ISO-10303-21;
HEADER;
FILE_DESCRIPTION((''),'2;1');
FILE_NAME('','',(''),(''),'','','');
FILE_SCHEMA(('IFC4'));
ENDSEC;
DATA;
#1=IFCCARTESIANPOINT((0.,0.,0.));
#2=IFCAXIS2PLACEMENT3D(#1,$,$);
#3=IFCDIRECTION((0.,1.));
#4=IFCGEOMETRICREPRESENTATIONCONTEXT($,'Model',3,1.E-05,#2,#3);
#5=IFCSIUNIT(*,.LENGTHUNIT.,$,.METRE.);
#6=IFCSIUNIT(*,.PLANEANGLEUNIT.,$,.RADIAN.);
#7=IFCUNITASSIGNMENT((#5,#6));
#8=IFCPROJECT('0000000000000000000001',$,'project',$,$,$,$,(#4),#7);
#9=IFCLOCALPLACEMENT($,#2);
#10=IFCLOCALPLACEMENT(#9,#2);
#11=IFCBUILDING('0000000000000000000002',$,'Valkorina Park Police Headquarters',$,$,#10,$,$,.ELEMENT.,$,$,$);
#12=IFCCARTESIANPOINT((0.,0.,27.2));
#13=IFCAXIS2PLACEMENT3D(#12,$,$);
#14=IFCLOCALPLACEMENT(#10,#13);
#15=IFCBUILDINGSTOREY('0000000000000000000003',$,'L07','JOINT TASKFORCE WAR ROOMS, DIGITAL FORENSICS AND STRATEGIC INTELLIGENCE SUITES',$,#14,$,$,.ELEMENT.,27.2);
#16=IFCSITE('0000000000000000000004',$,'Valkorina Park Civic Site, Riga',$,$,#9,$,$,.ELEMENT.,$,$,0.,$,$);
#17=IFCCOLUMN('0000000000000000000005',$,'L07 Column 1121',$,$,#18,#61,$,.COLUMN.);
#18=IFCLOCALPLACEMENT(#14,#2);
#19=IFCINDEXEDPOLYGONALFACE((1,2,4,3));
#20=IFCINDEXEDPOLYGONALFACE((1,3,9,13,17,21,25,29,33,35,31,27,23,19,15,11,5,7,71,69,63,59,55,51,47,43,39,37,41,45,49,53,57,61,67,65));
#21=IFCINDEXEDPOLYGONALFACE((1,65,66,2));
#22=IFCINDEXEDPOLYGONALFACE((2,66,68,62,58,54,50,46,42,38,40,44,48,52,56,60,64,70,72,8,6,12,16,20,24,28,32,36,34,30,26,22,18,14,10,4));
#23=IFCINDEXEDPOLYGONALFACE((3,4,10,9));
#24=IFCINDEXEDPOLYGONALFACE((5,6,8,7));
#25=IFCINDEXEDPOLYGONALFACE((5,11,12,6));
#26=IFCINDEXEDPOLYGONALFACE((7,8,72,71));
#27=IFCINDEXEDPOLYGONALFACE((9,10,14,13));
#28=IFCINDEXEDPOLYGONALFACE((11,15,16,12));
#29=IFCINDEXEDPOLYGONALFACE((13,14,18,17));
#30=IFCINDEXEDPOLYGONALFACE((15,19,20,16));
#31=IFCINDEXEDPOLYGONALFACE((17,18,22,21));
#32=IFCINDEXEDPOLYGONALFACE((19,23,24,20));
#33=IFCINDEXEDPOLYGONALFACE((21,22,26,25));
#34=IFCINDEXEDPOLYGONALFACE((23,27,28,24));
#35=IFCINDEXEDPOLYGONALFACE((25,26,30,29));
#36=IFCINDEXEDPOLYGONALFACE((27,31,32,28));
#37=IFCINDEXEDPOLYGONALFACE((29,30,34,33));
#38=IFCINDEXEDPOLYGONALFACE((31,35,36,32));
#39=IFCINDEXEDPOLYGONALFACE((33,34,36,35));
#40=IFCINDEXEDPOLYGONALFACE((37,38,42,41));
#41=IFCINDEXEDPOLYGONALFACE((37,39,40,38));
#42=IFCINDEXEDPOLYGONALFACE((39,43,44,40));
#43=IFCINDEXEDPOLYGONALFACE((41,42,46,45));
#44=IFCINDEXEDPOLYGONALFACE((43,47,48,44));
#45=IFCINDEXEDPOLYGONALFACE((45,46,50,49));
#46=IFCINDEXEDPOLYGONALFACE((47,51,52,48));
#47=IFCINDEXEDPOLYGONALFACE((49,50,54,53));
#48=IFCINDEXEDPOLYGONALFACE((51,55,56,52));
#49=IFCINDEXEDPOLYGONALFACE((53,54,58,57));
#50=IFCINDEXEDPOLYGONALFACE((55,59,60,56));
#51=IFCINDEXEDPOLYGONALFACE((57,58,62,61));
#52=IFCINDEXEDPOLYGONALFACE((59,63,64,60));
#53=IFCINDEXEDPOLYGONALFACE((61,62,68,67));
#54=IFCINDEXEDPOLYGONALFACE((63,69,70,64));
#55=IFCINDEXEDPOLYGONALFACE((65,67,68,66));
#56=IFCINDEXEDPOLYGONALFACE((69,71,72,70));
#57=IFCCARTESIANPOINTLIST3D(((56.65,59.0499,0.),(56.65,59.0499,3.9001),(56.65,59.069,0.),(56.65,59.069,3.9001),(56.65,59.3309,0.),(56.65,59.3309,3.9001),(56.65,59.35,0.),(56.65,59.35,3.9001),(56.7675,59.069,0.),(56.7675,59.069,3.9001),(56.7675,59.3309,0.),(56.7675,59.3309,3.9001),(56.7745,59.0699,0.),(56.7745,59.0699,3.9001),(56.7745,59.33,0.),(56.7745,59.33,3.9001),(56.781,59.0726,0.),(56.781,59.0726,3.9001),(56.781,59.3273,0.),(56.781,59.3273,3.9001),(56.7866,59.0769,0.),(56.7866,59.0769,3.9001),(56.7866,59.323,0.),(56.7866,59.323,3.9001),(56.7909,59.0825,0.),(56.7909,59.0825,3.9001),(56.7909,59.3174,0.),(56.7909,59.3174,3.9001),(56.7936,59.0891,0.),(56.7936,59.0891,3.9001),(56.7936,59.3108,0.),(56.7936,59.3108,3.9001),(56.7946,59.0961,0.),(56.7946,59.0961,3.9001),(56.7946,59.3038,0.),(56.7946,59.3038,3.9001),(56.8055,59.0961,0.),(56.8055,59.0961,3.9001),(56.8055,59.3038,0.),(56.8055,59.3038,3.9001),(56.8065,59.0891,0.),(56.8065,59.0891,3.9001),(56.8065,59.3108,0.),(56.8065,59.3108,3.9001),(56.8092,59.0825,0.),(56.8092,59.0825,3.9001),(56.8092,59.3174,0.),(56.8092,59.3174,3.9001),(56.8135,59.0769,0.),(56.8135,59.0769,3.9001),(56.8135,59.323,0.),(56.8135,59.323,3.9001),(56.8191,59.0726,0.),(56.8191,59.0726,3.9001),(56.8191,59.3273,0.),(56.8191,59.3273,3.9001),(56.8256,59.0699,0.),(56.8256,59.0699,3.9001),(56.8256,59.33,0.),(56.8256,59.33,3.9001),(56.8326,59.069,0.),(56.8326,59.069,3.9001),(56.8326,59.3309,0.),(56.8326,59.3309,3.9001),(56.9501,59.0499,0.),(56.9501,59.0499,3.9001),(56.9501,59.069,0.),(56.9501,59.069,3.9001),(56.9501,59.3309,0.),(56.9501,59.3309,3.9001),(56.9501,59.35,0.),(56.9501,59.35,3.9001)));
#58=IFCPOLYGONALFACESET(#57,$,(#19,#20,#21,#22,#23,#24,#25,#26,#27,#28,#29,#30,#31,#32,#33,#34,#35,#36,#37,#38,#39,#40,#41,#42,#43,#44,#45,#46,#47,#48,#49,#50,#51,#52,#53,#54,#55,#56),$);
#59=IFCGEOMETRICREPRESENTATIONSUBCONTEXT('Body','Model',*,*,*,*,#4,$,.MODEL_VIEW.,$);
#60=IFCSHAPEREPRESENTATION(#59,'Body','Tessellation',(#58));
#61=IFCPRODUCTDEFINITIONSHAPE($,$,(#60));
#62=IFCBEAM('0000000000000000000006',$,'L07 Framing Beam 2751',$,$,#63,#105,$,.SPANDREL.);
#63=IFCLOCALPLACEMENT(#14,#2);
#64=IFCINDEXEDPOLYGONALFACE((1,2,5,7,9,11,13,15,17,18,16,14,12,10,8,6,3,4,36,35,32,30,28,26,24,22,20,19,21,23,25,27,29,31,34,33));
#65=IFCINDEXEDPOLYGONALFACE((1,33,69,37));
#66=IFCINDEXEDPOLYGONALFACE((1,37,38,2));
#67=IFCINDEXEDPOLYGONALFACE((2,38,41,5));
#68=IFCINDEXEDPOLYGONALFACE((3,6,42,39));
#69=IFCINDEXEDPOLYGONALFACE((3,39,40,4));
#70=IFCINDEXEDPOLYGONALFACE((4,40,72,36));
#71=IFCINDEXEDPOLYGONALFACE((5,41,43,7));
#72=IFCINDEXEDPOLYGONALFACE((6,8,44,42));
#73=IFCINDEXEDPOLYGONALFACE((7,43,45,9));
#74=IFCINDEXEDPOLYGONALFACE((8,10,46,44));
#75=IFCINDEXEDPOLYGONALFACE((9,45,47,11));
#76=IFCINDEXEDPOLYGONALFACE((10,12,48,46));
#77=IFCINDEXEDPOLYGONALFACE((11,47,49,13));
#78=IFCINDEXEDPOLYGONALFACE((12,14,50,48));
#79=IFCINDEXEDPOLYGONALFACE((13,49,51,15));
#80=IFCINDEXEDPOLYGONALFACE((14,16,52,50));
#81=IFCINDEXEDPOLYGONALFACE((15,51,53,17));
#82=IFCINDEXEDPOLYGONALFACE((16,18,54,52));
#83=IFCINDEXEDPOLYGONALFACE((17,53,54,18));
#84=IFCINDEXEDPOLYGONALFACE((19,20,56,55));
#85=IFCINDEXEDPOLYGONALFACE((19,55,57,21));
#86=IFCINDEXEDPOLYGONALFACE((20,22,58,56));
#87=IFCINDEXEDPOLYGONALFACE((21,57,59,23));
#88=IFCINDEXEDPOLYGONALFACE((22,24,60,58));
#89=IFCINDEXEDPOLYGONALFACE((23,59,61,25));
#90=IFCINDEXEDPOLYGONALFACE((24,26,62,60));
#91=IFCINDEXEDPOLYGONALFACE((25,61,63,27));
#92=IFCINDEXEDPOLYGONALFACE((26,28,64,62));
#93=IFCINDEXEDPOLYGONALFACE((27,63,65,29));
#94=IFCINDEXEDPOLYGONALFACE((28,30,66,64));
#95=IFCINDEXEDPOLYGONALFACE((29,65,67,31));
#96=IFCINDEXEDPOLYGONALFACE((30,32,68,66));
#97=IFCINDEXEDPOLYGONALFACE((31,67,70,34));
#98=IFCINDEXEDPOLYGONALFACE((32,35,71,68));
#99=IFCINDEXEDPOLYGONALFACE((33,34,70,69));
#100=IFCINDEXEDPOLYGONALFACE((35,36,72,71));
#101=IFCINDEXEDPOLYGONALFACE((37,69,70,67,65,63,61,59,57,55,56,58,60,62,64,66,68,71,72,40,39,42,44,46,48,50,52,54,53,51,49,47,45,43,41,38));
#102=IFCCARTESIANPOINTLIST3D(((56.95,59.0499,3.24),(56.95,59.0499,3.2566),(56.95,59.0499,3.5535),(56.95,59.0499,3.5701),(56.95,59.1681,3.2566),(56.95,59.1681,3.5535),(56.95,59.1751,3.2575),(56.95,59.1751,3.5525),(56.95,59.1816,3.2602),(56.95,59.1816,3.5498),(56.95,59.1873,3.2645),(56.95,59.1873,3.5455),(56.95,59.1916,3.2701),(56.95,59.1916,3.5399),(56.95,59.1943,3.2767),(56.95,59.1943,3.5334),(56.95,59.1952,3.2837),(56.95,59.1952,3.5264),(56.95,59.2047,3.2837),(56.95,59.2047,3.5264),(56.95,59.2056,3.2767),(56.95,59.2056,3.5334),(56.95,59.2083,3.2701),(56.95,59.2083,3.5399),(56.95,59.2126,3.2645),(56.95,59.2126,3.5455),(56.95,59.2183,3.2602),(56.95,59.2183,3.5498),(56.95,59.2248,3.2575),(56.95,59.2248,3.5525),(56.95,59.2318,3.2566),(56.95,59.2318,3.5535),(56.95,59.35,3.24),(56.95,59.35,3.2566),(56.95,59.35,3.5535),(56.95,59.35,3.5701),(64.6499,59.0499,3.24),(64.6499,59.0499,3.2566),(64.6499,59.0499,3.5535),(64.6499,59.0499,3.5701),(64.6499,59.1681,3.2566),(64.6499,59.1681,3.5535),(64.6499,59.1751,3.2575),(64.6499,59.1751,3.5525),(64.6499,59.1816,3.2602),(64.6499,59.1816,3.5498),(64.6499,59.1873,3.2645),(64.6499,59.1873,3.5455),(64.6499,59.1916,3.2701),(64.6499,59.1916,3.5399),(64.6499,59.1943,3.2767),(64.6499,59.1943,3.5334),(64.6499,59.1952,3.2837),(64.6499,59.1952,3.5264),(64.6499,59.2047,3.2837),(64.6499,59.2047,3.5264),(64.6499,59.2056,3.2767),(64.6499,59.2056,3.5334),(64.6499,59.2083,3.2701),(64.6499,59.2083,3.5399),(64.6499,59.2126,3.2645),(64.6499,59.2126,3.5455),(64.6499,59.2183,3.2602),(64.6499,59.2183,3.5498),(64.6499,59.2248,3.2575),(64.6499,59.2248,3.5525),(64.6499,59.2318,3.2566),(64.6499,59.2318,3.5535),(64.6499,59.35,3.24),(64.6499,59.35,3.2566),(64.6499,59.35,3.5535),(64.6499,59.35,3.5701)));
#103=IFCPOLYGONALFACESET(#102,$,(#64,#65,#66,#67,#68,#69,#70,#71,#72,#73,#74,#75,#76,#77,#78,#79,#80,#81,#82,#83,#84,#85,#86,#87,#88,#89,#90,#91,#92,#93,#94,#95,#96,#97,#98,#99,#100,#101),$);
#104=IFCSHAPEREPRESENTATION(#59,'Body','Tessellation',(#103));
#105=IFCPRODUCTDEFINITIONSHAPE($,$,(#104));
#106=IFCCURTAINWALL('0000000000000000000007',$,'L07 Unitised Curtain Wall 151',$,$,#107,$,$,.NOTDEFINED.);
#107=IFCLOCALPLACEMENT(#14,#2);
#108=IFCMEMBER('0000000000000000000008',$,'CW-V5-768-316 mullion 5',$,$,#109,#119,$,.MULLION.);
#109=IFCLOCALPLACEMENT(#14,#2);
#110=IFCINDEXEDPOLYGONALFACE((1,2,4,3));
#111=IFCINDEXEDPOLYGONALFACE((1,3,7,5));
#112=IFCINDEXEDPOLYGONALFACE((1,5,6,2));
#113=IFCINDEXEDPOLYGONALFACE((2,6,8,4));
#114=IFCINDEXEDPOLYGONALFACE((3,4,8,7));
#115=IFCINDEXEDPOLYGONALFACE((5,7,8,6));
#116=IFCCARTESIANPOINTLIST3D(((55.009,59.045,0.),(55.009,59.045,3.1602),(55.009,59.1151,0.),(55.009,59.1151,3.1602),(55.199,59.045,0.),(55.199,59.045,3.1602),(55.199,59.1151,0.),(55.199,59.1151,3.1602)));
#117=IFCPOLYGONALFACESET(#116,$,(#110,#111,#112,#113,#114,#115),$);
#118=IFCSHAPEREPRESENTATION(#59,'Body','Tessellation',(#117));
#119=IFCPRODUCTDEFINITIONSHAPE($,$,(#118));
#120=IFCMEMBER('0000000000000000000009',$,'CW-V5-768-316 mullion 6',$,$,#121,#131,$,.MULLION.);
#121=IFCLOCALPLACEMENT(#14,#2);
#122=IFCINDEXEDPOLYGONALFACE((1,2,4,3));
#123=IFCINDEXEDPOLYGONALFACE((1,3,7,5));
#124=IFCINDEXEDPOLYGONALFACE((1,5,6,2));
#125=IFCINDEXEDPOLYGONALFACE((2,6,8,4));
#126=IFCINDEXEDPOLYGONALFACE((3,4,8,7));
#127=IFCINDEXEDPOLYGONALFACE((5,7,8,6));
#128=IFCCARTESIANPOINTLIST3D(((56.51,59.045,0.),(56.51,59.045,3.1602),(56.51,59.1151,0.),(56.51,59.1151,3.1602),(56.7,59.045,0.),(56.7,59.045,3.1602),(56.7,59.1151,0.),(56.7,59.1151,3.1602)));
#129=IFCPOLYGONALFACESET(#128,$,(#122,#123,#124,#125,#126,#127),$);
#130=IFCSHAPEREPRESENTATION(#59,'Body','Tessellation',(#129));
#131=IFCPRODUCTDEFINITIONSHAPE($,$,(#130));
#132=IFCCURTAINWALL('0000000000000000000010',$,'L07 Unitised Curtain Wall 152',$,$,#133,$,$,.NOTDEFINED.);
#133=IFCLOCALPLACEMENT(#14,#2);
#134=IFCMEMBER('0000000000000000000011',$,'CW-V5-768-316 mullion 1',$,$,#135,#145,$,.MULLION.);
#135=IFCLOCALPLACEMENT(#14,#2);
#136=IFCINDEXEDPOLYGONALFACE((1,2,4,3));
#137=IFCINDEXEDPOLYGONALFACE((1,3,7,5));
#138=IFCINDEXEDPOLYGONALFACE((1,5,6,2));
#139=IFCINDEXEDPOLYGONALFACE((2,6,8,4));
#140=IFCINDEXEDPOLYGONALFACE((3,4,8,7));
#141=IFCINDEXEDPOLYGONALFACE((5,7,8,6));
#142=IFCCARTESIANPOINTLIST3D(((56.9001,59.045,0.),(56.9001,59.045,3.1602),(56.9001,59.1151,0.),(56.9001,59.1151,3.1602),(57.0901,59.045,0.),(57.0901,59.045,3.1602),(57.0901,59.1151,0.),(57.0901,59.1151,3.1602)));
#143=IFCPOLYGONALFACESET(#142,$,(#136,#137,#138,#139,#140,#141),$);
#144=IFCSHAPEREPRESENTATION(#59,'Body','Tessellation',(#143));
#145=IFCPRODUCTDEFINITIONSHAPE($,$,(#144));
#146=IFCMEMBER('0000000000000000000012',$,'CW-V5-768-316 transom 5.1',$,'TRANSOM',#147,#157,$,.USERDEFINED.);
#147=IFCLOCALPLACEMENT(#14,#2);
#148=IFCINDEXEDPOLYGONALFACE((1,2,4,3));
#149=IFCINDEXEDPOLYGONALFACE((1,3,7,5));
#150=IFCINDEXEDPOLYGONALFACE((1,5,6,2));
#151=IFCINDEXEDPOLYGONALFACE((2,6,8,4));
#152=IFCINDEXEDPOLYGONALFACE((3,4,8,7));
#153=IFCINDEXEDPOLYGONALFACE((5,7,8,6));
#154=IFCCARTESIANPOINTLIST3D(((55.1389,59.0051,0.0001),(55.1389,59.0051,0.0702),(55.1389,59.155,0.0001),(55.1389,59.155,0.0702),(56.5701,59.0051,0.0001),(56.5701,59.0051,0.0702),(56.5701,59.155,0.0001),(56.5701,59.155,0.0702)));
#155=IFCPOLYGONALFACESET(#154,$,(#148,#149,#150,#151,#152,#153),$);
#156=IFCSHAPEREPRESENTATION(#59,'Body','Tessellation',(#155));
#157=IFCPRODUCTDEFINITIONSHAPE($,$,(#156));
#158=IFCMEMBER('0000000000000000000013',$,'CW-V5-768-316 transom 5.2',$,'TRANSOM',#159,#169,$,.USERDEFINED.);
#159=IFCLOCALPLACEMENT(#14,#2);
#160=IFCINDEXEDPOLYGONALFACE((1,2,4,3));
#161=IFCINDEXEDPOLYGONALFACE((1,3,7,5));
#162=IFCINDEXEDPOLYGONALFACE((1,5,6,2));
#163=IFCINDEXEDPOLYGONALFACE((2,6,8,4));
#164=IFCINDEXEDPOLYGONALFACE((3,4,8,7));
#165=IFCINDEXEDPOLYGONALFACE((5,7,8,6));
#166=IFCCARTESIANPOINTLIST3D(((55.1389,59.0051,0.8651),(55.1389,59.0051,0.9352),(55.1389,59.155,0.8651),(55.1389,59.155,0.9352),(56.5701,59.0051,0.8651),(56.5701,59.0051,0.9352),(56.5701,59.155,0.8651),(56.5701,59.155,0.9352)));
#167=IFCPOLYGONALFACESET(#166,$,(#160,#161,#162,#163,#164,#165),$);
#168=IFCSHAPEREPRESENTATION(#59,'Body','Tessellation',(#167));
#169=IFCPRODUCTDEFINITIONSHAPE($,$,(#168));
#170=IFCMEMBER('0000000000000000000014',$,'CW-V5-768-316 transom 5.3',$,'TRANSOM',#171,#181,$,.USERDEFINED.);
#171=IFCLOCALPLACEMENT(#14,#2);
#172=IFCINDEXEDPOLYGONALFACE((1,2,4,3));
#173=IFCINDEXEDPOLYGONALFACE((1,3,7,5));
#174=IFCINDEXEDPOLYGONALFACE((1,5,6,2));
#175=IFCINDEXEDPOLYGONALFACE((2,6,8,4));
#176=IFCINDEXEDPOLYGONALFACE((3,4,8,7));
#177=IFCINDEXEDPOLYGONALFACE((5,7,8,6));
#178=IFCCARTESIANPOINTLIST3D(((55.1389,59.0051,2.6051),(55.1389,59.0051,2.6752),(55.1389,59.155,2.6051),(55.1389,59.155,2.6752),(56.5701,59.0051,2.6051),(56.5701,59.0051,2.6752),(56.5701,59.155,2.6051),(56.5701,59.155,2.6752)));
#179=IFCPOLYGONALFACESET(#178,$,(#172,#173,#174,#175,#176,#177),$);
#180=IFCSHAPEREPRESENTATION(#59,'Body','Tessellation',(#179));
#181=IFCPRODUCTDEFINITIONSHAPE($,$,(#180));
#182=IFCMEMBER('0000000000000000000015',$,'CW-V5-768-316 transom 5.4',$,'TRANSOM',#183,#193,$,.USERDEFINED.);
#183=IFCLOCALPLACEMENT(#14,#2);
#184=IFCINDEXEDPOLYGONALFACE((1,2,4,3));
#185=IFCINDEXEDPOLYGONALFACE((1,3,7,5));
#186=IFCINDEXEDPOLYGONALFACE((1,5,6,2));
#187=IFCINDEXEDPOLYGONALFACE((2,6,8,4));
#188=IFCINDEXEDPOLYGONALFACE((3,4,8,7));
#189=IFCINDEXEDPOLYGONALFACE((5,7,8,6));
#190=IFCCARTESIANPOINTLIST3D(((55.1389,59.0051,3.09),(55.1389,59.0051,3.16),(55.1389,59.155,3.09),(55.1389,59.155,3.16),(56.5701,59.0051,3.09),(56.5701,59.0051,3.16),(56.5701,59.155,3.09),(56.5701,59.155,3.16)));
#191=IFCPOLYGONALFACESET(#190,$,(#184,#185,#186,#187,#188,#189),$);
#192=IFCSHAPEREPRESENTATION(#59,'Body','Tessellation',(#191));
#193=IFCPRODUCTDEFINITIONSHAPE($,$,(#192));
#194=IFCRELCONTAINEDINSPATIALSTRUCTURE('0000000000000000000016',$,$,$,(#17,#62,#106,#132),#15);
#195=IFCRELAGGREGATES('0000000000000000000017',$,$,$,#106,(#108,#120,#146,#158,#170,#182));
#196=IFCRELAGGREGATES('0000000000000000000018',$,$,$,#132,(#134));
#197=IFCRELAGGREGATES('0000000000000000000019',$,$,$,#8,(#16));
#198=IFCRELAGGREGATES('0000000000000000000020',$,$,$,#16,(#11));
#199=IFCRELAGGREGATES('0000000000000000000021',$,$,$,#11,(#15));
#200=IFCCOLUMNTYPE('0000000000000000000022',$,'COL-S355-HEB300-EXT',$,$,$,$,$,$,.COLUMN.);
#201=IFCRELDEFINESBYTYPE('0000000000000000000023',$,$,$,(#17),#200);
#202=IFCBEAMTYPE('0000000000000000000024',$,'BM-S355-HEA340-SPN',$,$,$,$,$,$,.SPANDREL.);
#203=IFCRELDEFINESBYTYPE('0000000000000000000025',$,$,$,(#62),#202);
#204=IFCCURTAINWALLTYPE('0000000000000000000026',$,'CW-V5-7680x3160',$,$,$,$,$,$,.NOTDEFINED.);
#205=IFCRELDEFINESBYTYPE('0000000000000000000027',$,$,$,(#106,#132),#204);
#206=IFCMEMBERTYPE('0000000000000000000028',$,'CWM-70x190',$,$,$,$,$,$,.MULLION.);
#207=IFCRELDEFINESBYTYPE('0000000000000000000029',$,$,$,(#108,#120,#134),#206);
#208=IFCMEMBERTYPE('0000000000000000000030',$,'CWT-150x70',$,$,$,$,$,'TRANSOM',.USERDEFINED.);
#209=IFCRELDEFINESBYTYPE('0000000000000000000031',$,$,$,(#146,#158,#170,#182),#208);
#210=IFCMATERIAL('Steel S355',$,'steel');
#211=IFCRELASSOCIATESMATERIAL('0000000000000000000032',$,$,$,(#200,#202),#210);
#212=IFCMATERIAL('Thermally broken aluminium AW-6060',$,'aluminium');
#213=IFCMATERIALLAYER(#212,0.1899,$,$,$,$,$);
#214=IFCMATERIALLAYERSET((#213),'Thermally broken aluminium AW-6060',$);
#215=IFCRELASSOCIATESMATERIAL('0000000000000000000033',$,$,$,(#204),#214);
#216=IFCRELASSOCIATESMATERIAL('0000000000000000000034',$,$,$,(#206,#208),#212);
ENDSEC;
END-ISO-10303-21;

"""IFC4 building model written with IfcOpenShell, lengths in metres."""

from ifc_helpers import new_model, si_unit, direction, frame, origin, origin_2d, place, context, subcontext, project, spatial, rectangle, i_section, extrude, material, layer, layer_set, material_profile, profile_set, type_object, element, aggregate, save


model = new_model("IFC4")

# Units and contexts
model_context = context("Model", 3, precision=1e-05, world=origin(), true_north=direction((0.0, 1.0)))
body_context = subcontext(model_context, "Body", "Model", "MODEL_VIEW")
ifc_project = project(units=[si_unit("LENGTHUNIT", "METRE"), si_unit("PLANEANGLEUNIT", "RADIAN")], contexts=[model_context])

# Site, building, storey
site_placement = place(None, origin())
site = spatial("IfcSite", under=ifc_project, at=site_placement, Name="Valkorina Park Civic Site, Riga", CompositionType="ELEMENT", RefElevation=0.0)
building_placement = place(site_placement, origin())
building = spatial("IfcBuilding", under=site, at=building_placement, Name="Valkorina Park Police Headquarters", CompositionType="ELEMENT")
storey_placement = place(building_placement, frame((0.0, 0.0, 27.2)))
storey = spatial("IfcBuildingStorey", under=building, at=storey_placement, Name="L07", Description="JOINT TASKFORCE WAR ROOMS, DIGITAL FORENSICS AND STRATEGIC INTELLIGENCE SUITES", CompositionType="ELEMENT", Elevation=27.2)

# Column
ifc_material_1 = material(Name="Steel S355", Category="steel")
ifc_material_profile_1 = material_profile(ifc_material_1, i_section(OverallWidth=0.3, OverallDepth=0.3, WebThickness=0.011, FlangeThickness=0.019, FilletRadius=0.0271, at=origin_2d()), Name="HEB 300")
ifc_profile_set_1 = profile_set([ifc_material_profile_1], Name="Steel S355")
column_type = type_object("IfcColumnType", Name="COL-S355-HEB300-EXT", PredefinedType="COLUMN", material=ifc_profile_set_1)
column_placement = place(storey_placement, frame((56.8, 59.2, 0.0), z_axis=(0.0, 0.0, 1.0), x_axis=(1.0, 0.0, 0.0)))
element("IfcColumn", 1, at=column_placement, inside=storey, type_object=column_type, Name="L07 Column 1121", PredefinedType="COLUMN", context=body_context, shape_type="SweptSolid", body=[
    extrude(i_section(OverallWidth=0.3, OverallDepth=0.3, WebThickness=0.011, FlangeThickness=0.019, FilletRadius=0.0271, at=origin_2d()), origin(), (0.0, 0.0, 1.0), 3.9001),
])

# Beam
ifc_material_profile_2 = material_profile(ifc_material_1, i_section(OverallWidth=0.3, OverallDepth=0.3301, WebThickness=0.0095, FlangeThickness=0.0166, FilletRadius=0.0271, at=origin_2d()), Name="HEA 340")
ifc_profile_set_2 = profile_set([ifc_material_profile_2], Name="Steel S355")
beam_type = type_object("IfcBeamType", Name="BM-S355-HEA340-SPN", PredefinedType="SPANDREL", material=ifc_profile_set_2)
beam_placement = place(storey_placement, frame((56.95, 59.2, 3.405), z_axis=(1.0, 0.0, 0.0), x_axis=(0.0, 1.0, 0.0)))
element("IfcBeam", 2, at=beam_placement, inside=storey, type_object=beam_type, Name="L07 Framing Beam 2751", PredefinedType="SPANDREL", context=body_context, shape_type="SweptSolid", body=[
    extrude(i_section(OverallWidth=0.3, OverallDepth=0.3301, WebThickness=0.0095, FlangeThickness=0.0166, FilletRadius=0.0271, at=origin_2d()), origin(), (0.0, 0.0, 1.0), 7.7),
])

# Curtain wall, members
ifc_material_2 = material(Name="Thermally broken aluminium AW-6060", Category="aluminium")
ifc_layer_1 = layer(ifc_material_2, 0.1899)
ifc_layer_set_1 = layer_set([ifc_layer_1], Name="Thermally broken aluminium AW-6060")
curtain_wall_type = type_object("IfcCurtainWallType", Name="CW-V5-7680x3160", PredefinedType="NOTDEFINED", material=ifc_layer_set_1)
curtain_wall_1_placement = place(storey_placement, origin())
curtain_wall_1 = element("IfcCurtainWall", 3, at=curtain_wall_1_placement, inside=storey, type_object=curtain_wall_type, Name="L07 Unitised Curtain Wall 151", PredefinedType="NOTDEFINED")
ifc_material_profile_3 = material_profile(ifc_material_2, rectangle(XDim=0.0701, YDim=0.1899, at=origin_2d()), Name="CWM-02 70x190")
ifc_profile_set_3 = profile_set([ifc_material_profile_3], Name="Thermally broken aluminium AW-6060")
member_type_1 = type_object("IfcMemberType", Name="CWM-70x190", PredefinedType="MULLION", material=ifc_profile_set_3)
member_1_placement = place(storey_placement, frame((55.104, 59.0801, 0.0), z_axis=(0.0, 0.0, 1.0), x_axis=(0.0, 1.0, 0.0)))
member_1 = element("IfcMember", 4, at=member_1_placement, type_object=member_type_1, Name="CW-V5-768-316 mullion 5", PredefinedType="MULLION", context=body_context, shape_type="SweptSolid", body=[
    extrude(rectangle(XDim=0.0701, YDim=0.1899, at=origin_2d()), origin(), (0.0, 0.0, 1.0), 3.1602),
])
member_2_placement = place(storey_placement, frame((56.605, 59.0801, 0.0), z_axis=(0.0, 0.0, 1.0), x_axis=(0.0, 1.0, 0.0)))
member_2 = element("IfcMember", 5, at=member_2_placement, type_object=member_type_1, Name="CW-V5-768-316 mullion 6", PredefinedType="MULLION", context=body_context, shape_type="SweptSolid", body=[
    extrude(rectangle(XDim=0.0701, YDim=0.1899, at=origin_2d()), origin(), (0.0, 0.0, 1.0), 3.1602),
])

# Curtain wall, member
curtain_wall_2_placement = place(storey_placement, origin())
curtain_wall_2 = element("IfcCurtainWall", 6, at=curtain_wall_2_placement, inside=storey, type_object=curtain_wall_type, Name="L07 Unitised Curtain Wall 152", PredefinedType="NOTDEFINED")
member_3_placement = place(storey_placement, frame((56.9951, 59.0801, 0.0), z_axis=(0.0, 0.0, 1.0), x_axis=(0.0, 1.0, 0.0)))
member_3 = element("IfcMember", 7, at=member_3_placement, type_object=member_type_1, Name="CW-V5-768-316 mullion 1", PredefinedType="MULLION", context=body_context, shape_type="SweptSolid", body=[
    extrude(rectangle(XDim=0.0701, YDim=0.1899, at=origin_2d()), origin(), (0.0, 0.0, 1.0), 3.1602),
])

# Members
ifc_material_profile_4 = material_profile(ifc_material_2, rectangle(XDim=0.1499, YDim=0.0701, at=origin_2d()), Name="CWT-02 150x70")
ifc_profile_set_4 = profile_set([ifc_material_profile_4], Name="Thermally broken aluminium AW-6060")
member_type_2 = type_object("IfcMemberType", Name="CWT-150x70", ElementType="TRANSOM", PredefinedType="USERDEFINED", material=ifc_profile_set_4)
member_4_placement = place(storey_placement, frame((55.1389, 59.0801, 0.0352), z_axis=(1.0, 0.0, 0.0), x_axis=(0.0, 1.0, 0.0)))
member_4 = element("IfcMember", 8, at=member_4_placement, type_object=member_type_2, Name="CW-V5-768-316 transom 5.1", ObjectType="TRANSOM", PredefinedType="USERDEFINED", context=body_context, shape_type="SweptSolid", body=[
    extrude(rectangle(XDim=0.1499, YDim=0.0701, at=origin_2d()), origin(), (0.0, 0.0, 1.0), 1.4312),
])
member_5_placement = place(storey_placement, frame((55.1389, 59.0801, 0.9001), z_axis=(1.0, 0.0, 0.0), x_axis=(0.0, 1.0, 0.0)))
member_5 = element("IfcMember", 9, at=member_5_placement, type_object=member_type_2, Name="CW-V5-768-316 transom 5.2", ObjectType="TRANSOM", PredefinedType="USERDEFINED", context=body_context, shape_type="SweptSolid", body=[
    extrude(rectangle(XDim=0.1499, YDim=0.0701, at=origin_2d()), origin(), (0.0, 0.0, 1.0), 1.4312),
])
member_6_placement = place(storey_placement, frame((55.1389, 59.0801, 2.6401), z_axis=(1.0, 0.0, 0.0), x_axis=(0.0, 1.0, 0.0)))
member_6 = element("IfcMember", 10, at=member_6_placement, type_object=member_type_2, Name="CW-V5-768-316 transom 5.3", ObjectType="TRANSOM", PredefinedType="USERDEFINED", context=body_context, shape_type="SweptSolid", body=[
    extrude(rectangle(XDim=0.1499, YDim=0.0701, at=origin_2d()), origin(), (0.0, 0.0, 1.0), 1.4312),
])
member_7_placement = place(storey_placement, frame((55.1389, 59.0801, 3.125), z_axis=(1.0, 0.0, 0.0), x_axis=(0.0, 1.0, 0.0)))
member_7 = element("IfcMember", 11, at=member_7_placement, type_object=member_type_2, Name="CW-V5-768-316 transom 5.4", ObjectType="TRANSOM", PredefinedType="USERDEFINED", context=body_context, shape_type="SweptSolid", body=[
    extrude(rectangle(XDim=0.1499, YDim=0.0701, at=origin_2d()), origin(), (0.0, 0.0, 1.0), 1.4312),
])

aggregate(curtain_wall_1, [member_1, member_2, member_4, member_5, member_6, member_7])
aggregate(curtain_wall_2, [member_3])

save(model, "model.ifc")
